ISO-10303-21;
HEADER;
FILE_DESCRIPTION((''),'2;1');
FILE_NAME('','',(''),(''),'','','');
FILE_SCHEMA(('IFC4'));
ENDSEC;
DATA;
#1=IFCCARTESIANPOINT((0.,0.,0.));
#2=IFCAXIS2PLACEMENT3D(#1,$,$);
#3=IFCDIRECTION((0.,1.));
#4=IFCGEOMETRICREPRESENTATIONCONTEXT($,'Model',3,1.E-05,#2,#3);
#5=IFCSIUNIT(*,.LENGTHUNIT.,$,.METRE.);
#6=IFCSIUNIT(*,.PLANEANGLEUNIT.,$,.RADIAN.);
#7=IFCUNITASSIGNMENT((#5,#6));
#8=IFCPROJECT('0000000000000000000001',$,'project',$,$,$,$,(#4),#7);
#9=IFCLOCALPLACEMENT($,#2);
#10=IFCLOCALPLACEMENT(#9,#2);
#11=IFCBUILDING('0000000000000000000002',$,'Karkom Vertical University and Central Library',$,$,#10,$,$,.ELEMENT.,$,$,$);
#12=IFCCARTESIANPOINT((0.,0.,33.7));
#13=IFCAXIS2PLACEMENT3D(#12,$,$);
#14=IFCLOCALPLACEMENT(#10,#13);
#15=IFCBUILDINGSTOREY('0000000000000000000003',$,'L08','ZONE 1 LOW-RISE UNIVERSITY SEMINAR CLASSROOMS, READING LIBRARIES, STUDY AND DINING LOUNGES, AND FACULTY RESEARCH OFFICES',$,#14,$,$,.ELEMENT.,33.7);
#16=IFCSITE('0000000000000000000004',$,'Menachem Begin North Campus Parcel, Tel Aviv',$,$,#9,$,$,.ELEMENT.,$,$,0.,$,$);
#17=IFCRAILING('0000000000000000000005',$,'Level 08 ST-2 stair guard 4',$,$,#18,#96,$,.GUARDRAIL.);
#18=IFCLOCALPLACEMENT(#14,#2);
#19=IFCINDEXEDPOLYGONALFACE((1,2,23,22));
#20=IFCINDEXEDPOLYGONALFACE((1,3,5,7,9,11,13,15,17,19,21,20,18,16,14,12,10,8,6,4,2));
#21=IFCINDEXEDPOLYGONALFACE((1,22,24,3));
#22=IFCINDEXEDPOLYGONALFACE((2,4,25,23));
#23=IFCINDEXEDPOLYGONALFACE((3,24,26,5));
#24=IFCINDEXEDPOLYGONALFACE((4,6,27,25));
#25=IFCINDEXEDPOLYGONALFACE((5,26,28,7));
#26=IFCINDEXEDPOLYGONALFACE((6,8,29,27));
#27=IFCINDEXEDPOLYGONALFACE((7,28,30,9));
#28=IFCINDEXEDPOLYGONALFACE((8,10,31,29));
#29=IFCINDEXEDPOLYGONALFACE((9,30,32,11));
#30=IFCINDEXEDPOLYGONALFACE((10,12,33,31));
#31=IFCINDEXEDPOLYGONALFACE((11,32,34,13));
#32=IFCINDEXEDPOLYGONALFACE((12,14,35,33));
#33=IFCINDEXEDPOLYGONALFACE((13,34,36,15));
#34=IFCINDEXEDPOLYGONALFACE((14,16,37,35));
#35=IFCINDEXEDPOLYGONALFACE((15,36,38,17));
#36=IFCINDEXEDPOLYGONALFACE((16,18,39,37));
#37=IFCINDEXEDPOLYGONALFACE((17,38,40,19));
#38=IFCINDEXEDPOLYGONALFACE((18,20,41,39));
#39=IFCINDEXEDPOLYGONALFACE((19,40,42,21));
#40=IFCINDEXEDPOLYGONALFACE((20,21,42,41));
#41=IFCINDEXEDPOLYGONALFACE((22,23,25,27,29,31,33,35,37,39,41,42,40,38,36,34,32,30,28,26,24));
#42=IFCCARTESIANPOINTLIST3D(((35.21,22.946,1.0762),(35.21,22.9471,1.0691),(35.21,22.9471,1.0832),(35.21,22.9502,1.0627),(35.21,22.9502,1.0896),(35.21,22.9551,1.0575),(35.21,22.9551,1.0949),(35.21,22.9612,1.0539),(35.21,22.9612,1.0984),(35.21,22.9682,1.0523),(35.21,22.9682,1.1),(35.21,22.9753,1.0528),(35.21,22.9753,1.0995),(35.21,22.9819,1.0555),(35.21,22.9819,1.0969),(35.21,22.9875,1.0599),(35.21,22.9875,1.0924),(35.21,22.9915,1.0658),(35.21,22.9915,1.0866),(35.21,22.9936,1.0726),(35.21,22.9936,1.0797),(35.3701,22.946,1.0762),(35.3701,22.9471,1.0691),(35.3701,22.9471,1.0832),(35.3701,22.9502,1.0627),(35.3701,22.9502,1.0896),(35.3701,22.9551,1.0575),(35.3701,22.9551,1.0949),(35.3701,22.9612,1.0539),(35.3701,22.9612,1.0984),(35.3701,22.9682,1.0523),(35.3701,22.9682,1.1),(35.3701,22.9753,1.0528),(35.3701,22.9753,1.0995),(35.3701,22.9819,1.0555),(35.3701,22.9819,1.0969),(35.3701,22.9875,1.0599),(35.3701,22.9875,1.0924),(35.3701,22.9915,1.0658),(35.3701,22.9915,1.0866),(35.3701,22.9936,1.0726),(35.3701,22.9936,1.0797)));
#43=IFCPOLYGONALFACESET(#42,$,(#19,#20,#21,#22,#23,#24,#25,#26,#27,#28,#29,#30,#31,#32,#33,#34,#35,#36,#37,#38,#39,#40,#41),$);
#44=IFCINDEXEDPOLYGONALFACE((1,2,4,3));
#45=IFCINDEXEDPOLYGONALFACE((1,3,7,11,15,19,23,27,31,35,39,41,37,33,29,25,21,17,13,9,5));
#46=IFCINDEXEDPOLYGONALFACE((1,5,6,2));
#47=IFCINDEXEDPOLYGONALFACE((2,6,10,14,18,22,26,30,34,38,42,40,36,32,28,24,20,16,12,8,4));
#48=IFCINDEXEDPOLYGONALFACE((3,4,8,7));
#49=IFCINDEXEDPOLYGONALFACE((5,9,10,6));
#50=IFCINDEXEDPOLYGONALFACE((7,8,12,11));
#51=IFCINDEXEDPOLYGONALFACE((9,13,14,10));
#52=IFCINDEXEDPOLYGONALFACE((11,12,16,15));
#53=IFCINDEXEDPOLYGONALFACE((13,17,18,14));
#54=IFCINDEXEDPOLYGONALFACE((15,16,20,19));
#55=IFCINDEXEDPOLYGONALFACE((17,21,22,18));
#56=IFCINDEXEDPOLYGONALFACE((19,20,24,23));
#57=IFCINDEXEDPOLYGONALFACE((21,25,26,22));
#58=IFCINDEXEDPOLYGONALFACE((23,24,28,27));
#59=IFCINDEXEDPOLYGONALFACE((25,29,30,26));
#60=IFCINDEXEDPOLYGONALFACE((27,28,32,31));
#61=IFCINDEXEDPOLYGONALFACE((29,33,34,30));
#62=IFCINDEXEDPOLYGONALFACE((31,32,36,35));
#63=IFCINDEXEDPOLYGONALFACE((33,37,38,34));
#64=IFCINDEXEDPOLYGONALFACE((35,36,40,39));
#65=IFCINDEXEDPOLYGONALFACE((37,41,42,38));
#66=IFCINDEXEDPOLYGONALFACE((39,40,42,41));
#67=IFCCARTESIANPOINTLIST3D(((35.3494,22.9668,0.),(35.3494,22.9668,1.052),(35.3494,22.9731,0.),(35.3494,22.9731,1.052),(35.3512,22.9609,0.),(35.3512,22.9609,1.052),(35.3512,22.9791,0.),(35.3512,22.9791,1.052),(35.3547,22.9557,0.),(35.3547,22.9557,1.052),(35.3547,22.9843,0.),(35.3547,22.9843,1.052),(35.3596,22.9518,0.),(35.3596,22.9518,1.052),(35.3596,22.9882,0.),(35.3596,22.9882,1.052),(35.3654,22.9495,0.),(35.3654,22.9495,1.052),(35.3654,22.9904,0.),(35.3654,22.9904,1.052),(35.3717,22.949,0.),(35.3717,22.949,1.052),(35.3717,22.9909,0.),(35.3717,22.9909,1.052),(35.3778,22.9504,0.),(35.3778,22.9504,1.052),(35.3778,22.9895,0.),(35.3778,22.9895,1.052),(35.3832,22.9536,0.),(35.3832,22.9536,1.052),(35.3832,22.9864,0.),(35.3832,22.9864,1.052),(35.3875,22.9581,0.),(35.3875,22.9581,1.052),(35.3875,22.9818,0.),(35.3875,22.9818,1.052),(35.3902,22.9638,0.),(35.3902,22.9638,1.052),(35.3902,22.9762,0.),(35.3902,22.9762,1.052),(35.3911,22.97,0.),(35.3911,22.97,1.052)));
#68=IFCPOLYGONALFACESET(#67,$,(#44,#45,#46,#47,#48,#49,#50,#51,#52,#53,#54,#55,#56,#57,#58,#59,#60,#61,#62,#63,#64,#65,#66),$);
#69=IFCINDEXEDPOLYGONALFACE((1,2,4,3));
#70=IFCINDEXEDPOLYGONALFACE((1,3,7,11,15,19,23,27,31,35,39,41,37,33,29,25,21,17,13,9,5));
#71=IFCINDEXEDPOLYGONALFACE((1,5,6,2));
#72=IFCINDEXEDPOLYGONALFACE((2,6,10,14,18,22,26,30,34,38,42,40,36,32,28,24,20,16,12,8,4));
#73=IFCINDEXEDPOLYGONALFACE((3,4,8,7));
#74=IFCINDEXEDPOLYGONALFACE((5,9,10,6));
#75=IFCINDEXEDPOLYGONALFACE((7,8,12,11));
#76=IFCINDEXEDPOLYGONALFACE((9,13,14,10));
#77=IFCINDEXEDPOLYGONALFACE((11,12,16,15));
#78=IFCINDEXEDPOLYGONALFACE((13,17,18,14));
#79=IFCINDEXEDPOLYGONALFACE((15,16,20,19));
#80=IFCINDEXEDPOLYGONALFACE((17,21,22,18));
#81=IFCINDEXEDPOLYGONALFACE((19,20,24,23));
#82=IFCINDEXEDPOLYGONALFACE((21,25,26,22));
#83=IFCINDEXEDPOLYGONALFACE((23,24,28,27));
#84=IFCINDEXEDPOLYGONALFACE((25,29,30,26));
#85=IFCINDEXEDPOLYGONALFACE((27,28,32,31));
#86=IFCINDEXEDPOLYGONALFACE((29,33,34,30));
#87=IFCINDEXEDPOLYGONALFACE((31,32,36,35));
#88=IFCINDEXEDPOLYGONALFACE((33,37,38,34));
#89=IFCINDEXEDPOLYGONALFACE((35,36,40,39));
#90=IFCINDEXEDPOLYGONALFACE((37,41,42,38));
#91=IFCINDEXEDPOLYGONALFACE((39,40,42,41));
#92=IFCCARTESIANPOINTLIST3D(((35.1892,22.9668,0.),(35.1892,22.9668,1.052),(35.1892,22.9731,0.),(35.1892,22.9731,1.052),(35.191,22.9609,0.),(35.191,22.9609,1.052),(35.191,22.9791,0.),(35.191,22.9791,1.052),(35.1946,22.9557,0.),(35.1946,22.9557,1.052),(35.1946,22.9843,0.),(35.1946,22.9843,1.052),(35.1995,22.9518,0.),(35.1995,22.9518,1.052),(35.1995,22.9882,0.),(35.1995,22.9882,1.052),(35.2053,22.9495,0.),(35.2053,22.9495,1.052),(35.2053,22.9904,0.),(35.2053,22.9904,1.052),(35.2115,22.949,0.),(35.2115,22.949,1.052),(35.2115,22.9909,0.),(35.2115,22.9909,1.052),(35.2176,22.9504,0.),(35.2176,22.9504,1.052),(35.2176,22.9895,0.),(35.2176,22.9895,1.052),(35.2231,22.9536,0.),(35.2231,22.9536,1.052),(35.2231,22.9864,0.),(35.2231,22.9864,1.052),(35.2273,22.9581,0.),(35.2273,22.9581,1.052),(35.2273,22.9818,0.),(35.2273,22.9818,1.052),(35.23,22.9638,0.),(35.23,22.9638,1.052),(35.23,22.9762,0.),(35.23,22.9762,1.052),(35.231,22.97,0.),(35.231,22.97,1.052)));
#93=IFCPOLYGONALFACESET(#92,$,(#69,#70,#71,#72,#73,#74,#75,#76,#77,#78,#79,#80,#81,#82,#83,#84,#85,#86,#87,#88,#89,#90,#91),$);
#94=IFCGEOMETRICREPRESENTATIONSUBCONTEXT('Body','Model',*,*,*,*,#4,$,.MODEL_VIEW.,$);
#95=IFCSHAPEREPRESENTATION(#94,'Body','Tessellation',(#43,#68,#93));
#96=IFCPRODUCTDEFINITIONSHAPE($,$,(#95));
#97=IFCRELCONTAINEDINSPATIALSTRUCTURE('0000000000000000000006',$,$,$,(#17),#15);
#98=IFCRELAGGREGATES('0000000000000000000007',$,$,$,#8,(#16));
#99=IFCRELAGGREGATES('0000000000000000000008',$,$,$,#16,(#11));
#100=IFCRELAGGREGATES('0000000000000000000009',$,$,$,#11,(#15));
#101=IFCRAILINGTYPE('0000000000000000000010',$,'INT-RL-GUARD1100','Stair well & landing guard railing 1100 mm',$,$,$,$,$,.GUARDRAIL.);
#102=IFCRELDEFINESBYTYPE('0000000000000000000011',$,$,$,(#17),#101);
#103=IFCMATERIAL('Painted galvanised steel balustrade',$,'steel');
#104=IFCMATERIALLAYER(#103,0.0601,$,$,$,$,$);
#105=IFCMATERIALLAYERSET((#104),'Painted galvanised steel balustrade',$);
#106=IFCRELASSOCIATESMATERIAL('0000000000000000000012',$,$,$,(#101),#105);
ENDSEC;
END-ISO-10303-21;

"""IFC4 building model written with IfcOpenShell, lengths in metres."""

from ifc_helpers import new_model, si_unit, direction, frame, origin, origin_2d, place, context, subcontext, project, spatial, circle, extrude, material, layer, layer_set, type_object, element, save


model = new_model("IFC4")

# Units and contexts
model_context = context("Model", 3, precision=1e-05, world=origin(), true_north=direction((0.0, 1.0)))
body_context = subcontext(model_context, "Body", "Model", "MODEL_VIEW")
ifc_project = project(units=[si_unit("LENGTHUNIT", "METRE"), si_unit("PLANEANGLEUNIT", "RADIAN")], contexts=[model_context])

# Site, building, storey
site_placement = place(None, origin())
site = spatial("IfcSite", under=ifc_project, at=site_placement, Name="Menachem Begin North Campus Parcel, Tel Aviv", CompositionType="ELEMENT", RefElevation=0.0)
building_placement = place(site_placement, origin())
building = spatial("IfcBuilding", under=site, at=building_placement, Name="Karkom Vertical University and Central Library", CompositionType="ELEMENT")
storey_placement = place(building_placement, frame((0.0, 0.0, 33.7)))
storey = spatial("IfcBuildingStorey", under=building, at=storey_placement, Name="L08", Description="ZONE 1 LOW-RISE UNIVERSITY SEMINAR CLASSROOMS, READING LIBRARIES, STUDY AND DINING LOUNGES, AND FACULTY RESEARCH OFFICES", CompositionType="ELEMENT", Elevation=33.7)

# Railing
ifc_material_1 = material(Name="Painted galvanised steel balustrade", Category="steel")
ifc_layer_1 = layer(ifc_material_1, 0.0601)
ifc_layer_set_1 = layer_set([ifc_layer_1], Name="Painted galvanised steel balustrade")
railing_type_1 = type_object("IfcRailingType", Name="INT-RL-GUARD1100", Description="Stair well & landing guard railing 1100 mm", PredefinedType="GUARDRAIL", material=ifc_layer_set_1)
railing_1_placement = place(storey_placement, frame((35.3701, 22.97, 0.0)))
element("IfcRailing", 1, at=railing_1_placement, inside=storey, type_object=railing_type_1, Name="Level 08 ST-2 stair guard 4", PredefinedType="GUARDRAIL", context=body_context, shape_type="SweptSolid", body=[
    extrude(circle(Radius=0.0239, at=origin_2d()), frame((0.0, 0.0, 1.0762), z_axis=(-1.0, 0.0, 0.0), x_axis=(0.0, -1.0, 0.0)), (0.0, 0.0, 1.0), 0.1602),
    extrude(circle(Radius=0.021, at=origin_2d()), origin(), (0.0, 0.0, 1.0), 1.052),
    extrude(circle(Radius=0.021, at=origin_2d()), frame((-0.1602, 0.0, 0.0)), (0.0, 0.0, 1.0), 1.052),
])

save(model, "model.ifc")
